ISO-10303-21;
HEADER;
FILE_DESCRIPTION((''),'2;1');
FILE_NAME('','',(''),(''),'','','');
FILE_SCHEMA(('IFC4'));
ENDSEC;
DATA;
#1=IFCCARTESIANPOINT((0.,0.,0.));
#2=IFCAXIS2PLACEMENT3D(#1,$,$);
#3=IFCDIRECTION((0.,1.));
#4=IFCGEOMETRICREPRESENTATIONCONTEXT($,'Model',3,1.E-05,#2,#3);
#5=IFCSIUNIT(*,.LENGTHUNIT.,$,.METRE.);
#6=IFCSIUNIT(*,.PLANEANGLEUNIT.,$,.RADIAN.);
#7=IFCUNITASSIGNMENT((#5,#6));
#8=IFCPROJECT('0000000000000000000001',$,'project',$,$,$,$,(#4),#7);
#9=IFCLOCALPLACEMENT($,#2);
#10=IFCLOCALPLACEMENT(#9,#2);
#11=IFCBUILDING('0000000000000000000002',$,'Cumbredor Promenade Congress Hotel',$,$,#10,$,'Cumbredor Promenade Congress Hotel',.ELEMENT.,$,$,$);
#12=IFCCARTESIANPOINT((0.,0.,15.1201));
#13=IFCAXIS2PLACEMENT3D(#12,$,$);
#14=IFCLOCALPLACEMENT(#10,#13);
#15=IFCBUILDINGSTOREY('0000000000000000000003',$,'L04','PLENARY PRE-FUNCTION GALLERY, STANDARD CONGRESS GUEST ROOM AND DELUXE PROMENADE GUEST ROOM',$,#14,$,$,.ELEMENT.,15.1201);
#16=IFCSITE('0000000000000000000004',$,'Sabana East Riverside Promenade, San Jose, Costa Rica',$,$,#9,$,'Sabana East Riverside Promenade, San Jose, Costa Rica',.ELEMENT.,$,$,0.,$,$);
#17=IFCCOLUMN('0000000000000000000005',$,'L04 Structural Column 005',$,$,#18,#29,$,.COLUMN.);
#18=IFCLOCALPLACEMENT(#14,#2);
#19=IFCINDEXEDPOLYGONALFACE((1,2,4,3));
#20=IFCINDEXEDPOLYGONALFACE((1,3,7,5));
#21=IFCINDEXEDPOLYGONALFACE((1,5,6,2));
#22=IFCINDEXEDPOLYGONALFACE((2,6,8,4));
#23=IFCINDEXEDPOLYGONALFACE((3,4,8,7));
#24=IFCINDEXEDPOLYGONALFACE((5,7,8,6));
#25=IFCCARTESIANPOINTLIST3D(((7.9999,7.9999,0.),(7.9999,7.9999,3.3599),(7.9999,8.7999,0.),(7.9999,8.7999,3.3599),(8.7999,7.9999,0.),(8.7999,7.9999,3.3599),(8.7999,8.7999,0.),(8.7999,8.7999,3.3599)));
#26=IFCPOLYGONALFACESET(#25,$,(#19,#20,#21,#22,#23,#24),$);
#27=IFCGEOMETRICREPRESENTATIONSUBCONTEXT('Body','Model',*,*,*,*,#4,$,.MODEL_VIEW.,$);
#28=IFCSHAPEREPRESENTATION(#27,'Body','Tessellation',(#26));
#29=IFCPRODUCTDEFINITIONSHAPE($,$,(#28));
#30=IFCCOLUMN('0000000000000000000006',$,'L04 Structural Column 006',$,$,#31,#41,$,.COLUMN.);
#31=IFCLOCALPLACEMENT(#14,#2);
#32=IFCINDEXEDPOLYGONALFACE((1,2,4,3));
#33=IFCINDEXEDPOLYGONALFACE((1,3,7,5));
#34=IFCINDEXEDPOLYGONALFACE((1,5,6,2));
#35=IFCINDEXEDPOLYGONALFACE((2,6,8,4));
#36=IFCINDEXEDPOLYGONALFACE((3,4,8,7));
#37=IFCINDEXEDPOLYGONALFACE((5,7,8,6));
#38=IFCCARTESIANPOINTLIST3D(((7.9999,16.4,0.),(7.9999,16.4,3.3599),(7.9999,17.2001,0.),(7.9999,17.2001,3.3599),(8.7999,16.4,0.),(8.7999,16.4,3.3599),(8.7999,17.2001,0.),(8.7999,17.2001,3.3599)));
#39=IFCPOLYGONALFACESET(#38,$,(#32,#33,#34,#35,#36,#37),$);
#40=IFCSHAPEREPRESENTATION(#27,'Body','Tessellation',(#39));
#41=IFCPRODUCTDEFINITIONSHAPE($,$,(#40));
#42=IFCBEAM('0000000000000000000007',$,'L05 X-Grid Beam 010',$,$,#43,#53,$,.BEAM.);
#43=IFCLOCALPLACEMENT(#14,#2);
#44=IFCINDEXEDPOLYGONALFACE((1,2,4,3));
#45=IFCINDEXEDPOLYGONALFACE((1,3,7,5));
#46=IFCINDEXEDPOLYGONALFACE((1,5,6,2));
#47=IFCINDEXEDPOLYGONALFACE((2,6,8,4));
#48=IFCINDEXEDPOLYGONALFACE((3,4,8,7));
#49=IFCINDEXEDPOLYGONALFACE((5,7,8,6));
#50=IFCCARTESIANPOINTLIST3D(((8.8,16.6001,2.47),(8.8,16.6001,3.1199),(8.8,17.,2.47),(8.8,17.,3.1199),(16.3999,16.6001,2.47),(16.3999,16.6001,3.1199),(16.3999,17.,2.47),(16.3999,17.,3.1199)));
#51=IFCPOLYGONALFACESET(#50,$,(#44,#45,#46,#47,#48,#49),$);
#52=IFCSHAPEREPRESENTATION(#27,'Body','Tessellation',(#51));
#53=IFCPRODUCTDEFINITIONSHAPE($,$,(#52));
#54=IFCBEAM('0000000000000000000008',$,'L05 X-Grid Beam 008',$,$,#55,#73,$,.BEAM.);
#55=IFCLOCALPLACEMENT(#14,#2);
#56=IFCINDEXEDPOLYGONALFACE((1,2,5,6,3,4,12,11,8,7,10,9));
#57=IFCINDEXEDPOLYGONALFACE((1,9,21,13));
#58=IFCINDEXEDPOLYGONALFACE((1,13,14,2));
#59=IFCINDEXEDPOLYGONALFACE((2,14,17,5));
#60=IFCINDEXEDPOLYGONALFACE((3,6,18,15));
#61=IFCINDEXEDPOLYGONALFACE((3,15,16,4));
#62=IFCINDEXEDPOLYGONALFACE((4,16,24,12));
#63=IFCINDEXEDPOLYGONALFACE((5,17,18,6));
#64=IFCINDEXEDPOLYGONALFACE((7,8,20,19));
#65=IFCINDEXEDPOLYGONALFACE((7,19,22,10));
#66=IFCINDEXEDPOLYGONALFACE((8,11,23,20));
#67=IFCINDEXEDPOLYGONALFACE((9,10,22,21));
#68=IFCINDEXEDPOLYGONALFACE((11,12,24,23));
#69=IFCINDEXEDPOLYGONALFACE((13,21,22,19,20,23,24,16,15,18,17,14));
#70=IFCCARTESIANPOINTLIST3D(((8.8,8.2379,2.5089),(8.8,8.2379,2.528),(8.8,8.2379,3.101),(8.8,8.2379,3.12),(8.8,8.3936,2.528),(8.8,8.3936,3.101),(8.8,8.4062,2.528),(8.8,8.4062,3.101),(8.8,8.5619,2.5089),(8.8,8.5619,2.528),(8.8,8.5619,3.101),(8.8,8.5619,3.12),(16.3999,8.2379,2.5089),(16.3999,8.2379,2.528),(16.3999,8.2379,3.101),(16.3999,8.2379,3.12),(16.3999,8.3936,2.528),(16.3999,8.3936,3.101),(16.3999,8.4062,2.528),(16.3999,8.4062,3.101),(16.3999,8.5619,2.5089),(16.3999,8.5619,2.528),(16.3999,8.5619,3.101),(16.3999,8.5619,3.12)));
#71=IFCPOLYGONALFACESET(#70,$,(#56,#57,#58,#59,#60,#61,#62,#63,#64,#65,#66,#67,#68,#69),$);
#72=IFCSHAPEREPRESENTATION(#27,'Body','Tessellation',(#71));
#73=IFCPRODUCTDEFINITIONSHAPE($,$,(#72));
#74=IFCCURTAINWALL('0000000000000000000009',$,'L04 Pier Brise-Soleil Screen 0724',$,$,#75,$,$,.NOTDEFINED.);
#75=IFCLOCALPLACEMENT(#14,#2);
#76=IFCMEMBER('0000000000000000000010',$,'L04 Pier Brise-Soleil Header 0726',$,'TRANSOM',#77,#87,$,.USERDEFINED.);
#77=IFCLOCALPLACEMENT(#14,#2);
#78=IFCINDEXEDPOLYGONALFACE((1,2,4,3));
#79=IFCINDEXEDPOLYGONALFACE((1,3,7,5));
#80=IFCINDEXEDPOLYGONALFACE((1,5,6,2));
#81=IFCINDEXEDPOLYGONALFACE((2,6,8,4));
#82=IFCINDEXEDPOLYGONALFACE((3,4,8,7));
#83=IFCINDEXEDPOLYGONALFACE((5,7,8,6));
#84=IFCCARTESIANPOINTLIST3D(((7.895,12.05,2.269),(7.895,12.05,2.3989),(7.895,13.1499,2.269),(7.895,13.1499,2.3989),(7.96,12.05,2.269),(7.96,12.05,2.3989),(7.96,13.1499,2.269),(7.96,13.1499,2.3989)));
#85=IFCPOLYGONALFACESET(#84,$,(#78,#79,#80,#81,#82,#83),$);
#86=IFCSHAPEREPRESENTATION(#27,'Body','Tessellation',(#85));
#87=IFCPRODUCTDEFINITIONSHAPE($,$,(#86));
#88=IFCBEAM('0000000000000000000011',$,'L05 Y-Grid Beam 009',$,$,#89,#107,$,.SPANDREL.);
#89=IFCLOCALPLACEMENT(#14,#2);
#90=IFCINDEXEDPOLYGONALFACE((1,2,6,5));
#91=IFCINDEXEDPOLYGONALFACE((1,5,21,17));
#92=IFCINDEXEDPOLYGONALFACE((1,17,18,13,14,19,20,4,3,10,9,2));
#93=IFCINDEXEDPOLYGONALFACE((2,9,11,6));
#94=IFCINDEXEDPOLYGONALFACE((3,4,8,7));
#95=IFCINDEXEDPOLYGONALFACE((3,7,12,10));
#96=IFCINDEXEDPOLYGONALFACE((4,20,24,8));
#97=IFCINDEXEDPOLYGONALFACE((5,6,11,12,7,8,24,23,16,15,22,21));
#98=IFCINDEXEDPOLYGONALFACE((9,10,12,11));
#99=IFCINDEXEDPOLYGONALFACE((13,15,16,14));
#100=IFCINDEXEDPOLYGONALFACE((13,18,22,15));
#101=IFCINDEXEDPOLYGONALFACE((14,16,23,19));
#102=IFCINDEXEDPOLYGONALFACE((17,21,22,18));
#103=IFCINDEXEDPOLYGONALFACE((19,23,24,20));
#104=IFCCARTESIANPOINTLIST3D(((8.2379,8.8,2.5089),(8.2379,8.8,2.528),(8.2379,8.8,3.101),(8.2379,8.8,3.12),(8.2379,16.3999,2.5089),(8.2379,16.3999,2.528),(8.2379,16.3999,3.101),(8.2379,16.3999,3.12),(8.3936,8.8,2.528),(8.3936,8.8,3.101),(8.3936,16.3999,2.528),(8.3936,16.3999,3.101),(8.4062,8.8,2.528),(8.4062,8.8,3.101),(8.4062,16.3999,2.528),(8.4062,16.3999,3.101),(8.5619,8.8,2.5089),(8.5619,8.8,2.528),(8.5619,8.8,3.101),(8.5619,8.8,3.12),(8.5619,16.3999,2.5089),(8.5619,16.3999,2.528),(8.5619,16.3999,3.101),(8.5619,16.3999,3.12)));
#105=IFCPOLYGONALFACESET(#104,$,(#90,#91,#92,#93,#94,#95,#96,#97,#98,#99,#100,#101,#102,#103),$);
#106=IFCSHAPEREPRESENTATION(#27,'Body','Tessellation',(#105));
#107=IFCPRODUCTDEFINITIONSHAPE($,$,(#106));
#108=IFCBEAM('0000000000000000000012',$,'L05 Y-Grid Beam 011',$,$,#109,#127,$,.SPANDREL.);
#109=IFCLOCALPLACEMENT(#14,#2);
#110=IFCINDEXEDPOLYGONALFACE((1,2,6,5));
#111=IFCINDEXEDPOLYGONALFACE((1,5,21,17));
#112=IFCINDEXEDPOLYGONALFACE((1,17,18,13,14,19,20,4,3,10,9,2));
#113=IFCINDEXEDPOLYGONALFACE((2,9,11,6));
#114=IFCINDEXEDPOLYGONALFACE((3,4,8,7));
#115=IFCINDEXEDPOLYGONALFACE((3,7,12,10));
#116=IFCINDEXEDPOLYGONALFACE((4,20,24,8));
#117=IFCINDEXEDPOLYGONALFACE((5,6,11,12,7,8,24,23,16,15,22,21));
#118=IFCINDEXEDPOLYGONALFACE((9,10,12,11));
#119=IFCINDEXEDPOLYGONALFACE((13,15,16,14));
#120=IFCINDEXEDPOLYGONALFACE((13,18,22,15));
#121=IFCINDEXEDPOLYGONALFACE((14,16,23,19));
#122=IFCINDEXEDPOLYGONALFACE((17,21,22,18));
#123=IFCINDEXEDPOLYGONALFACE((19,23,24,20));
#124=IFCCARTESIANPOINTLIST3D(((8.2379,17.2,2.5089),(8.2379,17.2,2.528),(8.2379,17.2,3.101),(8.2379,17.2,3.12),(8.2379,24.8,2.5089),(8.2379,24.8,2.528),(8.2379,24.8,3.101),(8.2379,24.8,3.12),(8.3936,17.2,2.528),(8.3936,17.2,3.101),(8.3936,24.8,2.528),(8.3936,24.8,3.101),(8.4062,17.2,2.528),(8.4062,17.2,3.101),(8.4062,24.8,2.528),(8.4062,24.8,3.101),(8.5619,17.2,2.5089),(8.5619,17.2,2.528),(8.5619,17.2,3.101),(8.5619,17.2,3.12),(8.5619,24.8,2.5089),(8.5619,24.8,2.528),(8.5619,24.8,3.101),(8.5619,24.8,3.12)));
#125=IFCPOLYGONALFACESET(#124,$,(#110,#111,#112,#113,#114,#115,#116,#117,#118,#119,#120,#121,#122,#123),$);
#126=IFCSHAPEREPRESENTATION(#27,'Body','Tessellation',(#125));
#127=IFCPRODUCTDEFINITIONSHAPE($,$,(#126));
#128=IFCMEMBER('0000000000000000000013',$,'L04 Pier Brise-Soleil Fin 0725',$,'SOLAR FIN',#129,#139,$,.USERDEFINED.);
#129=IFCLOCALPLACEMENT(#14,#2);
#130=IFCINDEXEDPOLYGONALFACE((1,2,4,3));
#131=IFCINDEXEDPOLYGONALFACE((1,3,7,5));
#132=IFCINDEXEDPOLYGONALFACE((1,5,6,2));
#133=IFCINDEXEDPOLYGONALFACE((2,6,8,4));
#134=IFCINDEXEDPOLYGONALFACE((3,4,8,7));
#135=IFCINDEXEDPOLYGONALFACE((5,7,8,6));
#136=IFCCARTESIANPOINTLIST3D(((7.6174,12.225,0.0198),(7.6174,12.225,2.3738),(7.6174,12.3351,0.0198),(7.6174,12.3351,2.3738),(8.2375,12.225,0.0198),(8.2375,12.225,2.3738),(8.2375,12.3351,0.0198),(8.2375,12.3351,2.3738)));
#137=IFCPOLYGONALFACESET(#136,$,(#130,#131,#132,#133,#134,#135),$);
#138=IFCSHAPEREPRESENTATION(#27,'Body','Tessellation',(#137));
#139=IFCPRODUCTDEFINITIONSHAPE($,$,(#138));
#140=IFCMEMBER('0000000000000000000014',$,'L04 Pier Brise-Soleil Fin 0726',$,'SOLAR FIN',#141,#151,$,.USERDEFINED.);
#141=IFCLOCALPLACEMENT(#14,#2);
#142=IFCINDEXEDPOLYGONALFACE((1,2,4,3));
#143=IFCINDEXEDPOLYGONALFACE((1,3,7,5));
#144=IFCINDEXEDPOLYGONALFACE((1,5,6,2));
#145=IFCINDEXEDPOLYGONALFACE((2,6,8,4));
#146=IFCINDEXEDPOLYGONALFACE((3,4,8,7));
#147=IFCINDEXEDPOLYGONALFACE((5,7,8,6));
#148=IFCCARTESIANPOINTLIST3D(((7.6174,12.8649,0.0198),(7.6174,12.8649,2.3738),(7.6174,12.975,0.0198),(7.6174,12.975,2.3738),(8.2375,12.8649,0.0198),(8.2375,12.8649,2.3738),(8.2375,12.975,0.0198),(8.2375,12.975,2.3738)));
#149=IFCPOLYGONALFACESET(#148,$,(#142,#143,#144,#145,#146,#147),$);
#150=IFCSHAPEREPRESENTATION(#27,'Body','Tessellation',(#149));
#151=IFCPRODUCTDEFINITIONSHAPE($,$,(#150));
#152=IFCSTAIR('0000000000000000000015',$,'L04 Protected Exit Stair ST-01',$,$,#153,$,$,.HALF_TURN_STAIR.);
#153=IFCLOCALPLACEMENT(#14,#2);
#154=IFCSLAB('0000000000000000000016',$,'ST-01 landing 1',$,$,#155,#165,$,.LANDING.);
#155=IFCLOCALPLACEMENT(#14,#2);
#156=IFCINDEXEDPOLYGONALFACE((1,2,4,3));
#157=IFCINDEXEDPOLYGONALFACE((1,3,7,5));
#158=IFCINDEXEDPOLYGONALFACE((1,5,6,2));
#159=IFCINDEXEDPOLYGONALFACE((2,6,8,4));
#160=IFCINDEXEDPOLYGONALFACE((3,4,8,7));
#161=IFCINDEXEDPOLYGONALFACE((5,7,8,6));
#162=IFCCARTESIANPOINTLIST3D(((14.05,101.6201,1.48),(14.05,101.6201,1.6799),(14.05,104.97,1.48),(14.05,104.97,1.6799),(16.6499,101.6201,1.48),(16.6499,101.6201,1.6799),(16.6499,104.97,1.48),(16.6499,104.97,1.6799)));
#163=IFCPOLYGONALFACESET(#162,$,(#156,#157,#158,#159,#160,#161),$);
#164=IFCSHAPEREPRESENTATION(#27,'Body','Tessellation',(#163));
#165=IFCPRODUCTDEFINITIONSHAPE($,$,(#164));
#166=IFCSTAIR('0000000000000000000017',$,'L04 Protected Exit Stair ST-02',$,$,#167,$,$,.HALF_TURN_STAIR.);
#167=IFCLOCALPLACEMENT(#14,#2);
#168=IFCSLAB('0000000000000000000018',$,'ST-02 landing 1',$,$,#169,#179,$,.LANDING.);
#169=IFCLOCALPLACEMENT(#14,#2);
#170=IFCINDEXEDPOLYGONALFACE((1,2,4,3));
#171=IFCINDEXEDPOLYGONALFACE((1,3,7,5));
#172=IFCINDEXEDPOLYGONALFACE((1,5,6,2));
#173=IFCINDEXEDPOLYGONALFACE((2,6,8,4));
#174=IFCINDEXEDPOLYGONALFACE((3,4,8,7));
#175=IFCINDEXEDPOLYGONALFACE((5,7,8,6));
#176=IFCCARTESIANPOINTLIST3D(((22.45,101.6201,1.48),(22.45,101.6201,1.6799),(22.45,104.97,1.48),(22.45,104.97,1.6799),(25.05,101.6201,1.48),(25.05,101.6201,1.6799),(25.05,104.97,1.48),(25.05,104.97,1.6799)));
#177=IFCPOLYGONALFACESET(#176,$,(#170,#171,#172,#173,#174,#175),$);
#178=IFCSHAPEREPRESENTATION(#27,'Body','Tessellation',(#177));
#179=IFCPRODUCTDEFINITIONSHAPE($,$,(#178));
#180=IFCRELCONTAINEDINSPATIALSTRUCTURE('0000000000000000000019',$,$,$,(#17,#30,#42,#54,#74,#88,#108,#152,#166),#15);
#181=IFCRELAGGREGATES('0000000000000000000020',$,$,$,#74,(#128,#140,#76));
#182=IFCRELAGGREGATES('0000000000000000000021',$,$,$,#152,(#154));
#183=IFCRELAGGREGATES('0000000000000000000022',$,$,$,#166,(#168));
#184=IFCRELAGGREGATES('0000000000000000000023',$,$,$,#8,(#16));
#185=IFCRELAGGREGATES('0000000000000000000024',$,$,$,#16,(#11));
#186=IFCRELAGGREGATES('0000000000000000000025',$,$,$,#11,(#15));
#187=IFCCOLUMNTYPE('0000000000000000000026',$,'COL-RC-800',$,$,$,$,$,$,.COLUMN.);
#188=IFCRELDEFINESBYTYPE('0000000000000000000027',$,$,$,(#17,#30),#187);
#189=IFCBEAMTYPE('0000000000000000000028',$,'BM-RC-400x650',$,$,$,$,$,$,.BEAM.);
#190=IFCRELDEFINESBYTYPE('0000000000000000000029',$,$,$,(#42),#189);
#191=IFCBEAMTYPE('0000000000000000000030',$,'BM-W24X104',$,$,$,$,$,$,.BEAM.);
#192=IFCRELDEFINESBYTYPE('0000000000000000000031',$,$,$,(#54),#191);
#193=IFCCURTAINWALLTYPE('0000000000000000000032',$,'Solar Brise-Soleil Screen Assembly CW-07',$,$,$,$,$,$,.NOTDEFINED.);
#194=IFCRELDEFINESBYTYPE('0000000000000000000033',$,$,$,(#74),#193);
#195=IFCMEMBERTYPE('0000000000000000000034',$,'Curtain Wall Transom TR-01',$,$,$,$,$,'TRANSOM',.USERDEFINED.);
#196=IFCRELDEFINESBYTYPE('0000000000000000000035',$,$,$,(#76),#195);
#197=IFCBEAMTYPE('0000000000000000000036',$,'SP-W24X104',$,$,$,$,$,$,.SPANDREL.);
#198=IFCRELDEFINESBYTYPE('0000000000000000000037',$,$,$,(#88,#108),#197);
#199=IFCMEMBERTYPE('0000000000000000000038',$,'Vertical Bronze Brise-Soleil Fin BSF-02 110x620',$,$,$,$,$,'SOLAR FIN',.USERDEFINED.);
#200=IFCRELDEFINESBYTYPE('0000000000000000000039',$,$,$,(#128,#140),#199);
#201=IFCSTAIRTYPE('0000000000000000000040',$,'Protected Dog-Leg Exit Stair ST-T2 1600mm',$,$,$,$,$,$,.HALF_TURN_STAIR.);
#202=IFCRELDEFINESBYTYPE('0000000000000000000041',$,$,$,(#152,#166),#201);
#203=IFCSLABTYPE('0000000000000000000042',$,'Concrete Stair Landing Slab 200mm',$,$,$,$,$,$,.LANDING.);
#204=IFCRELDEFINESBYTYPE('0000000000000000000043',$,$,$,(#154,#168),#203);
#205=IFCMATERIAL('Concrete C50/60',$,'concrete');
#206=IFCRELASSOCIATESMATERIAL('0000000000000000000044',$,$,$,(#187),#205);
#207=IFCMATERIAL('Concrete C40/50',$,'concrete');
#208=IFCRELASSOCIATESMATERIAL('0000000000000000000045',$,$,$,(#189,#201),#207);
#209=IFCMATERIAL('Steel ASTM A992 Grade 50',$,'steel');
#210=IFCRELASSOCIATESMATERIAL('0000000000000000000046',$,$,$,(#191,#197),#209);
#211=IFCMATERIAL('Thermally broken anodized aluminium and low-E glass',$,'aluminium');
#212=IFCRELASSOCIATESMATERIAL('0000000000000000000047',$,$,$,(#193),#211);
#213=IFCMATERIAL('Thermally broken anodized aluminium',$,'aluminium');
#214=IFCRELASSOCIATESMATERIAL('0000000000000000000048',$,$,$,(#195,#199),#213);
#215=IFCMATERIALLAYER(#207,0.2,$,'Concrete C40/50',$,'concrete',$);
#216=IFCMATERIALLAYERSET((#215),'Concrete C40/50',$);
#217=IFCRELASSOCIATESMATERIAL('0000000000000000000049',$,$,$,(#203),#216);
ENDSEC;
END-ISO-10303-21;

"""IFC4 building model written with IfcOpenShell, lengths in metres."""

from ifc_helpers import new_model, si_unit, direction, frame, origin, origin_2d, place, context, subcontext, project, spatial, polyline, rectangle, i_section, outline, extrude, material, layer, layer_set, material_profile, profile_set, type_object, element, aggregate, save


model = new_model("IFC4")

# Units and contexts
model_context = context("Model", 3, precision=1e-05, world=origin(), true_north=direction((0.0, 1.0)))
body_context = subcontext(model_context, "Body", "Model", "MODEL_VIEW")
ifc_project = project(units=[si_unit("LENGTHUNIT", "METRE"), si_unit("PLANEANGLEUNIT", "RADIAN")], contexts=[model_context])

# Site, building, storey
site_placement = place(None, origin())
site = spatial("IfcSite", under=ifc_project, at=site_placement, Name="Sabana East Riverside Promenade, San Jose, Costa Rica", LongName="Sabana East Riverside Promenade, San Jose, Costa Rica", CompositionType="ELEMENT", RefElevation=0.0)
building_placement = place(site_placement, origin())
building = spatial("IfcBuilding", under=site, at=building_placement, Name="Cumbredor Promenade Congress Hotel", LongName="Cumbredor Promenade Congress Hotel", CompositionType="ELEMENT")
storey_placement = place(building_placement, frame((0.0, 0.0, 15.1201)))
storey = spatial("IfcBuildingStorey", under=building, at=storey_placement, Name="L04", Description="PLENARY PRE-FUNCTION GALLERY, STANDARD CONGRESS GUEST ROOM AND DELUXE PROMENADE GUEST ROOM", CompositionType="ELEMENT", Elevation=15.1201)

# Columns
ifc_material_1 = material(Name="Concrete C50/60", Category="concrete")
ifc_material_profile_1 = material_profile(ifc_material_1, rectangle(XDim=0.8, YDim=0.8, at=origin_2d()), Name="RC 800x800")
ifc_profile_set_1 = profile_set([ifc_material_profile_1], Name="Concrete C50/60")
column_type = type_object("IfcColumnType", Name="COL-RC-800", PredefinedType="COLUMN", material=ifc_profile_set_1)
for number, where, z_axis, x_axis, name in (
    (1, (8.3999, 8.3999, 0.0), (0.0, 0.0, 1.0), (1.0, 0.0, 0.0), "L04 Structural Column 005"),
    (2, (8.3999, 16.8, 0.0), (0.0, 0.0, 1.0), (1.0, 0.0, 0.0), "L04 Structural Column 006"),
):
    element("IfcColumn", number, at=place(storey_placement, frame(where, z_axis=z_axis, x_axis=x_axis)), inside=storey, type_object=column_type, Name=name, PredefinedType="COLUMN", context=body_context, shape_type="SweptSolid", body=[
        extrude(rectangle(XDim=0.8, YDim=0.8, at=origin_2d()), origin(), (0.0, 0.0, 1.0), 3.3599),
    ])

# Beams
ifc_material_2 = material(Name="Concrete C40/50", Category="concrete")
ifc_material_profile_2 = material_profile(ifc_material_2, rectangle(XDim=0.3999, YDim=0.6499, at=origin_2d()), Name="RC BEAM 400x650")
ifc_profile_set_2 = profile_set([ifc_material_profile_2], Name="Concrete C40/50")
beam_type_1 = type_object("IfcBeamType", Name="BM-RC-400x650", PredefinedType="BEAM", material=ifc_profile_set_2)
beam_1_placement = place(storey_placement, frame((8.8, 16.8, 2.7949), z_axis=(1.0, 0.0, 0.0), x_axis=(0.0, 1.0, 0.0)))
element("IfcBeam", 3, at=beam_1_placement, inside=storey, type_object=beam_type_1, Name="L05 X-Grid Beam 010", PredefinedType="BEAM", context=body_context, shape_type="SweptSolid", body=[
    extrude(rectangle(XDim=0.3999, YDim=0.6499, at=origin_2d()), origin(), (0.0, 0.0, 1.0), 7.5999),
])
ifc_material_3 = material(Name="Steel ASTM A992 Grade 50", Category="steel")
ifc_material_profile_3 = material_profile(ifc_material_3, i_section(OverallWidth=0.324, OverallDepth=0.6111, WebThickness=0.0127, FlangeThickness=0.019, at=origin_2d()), Name="W24X104")
ifc_profile_set_3 = profile_set([ifc_material_profile_3], Name="Steel ASTM A992 Grade 50")
beam_type_2 = type_object("IfcBeamType", Name="BM-W24X104", PredefinedType="BEAM", material=ifc_profile_set_3)
beam_2_placement = place(storey_placement, frame((8.8, 8.3999, 2.8145), z_axis=(1.0, 0.0, 0.0), x_axis=(0.0, 1.0, 0.0)))
element("IfcBeam", 4, at=beam_2_placement, inside=storey, type_object=beam_type_2, Name="L05 X-Grid Beam 008", PredefinedType="BEAM", context=body_context, shape_type="SweptSolid", body=[
    extrude(i_section(OverallWidth=0.324, OverallDepth=0.6111, WebThickness=0.0127, FlangeThickness=0.019, at=origin_2d()), origin(), (0.0, 0.0, 1.0), 7.5999),
])

# Curtain wall, member
ifc_material_4 = material(Name="Thermally broken anodized aluminium and low-E glass", Category="aluminium")
curtain_wall_type = type_object("IfcCurtainWallType", Name="Solar Brise-Soleil Screen Assembly CW-07", PredefinedType="NOTDEFINED", material=ifc_material_4)
curtain_wall_placement = place(storey_placement, origin())
curtain_wall = element("IfcCurtainWall", 5, at=curtain_wall_placement, inside=storey, type_object=curtain_wall_type, Name="L04 Pier Brise-Soleil Screen 0724", PredefinedType="NOTDEFINED")
ifc_material_5 = material(Name="Thermally broken anodized aluminium", Category="aluminium")
ifc_material_profile_4 = material_profile(ifc_material_5, rectangle(XDim=0.0649, YDim=0.1299, at=origin_2d()), Name="ALU TRANSOM 65x130")
ifc_profile_set_4 = profile_set([ifc_material_profile_4], Name="Thermally broken anodized aluminium")
member_type_1 = type_object("IfcMemberType", Name="Curtain Wall Transom TR-01", ElementType="TRANSOM", PredefinedType="USERDEFINED", material=ifc_profile_set_4)
member_1_placement = place(storey_placement, frame((7.9275, 12.05, 2.334), z_axis=(0.0, 1.0, 0.0), x_axis=(-1.0, 0.0, 0.0)))
member_1 = element("IfcMember", 6, at=member_1_placement, type_object=member_type_1, Name="L04 Pier Brise-Soleil Header 0726", ObjectType="TRANSOM", PredefinedType="USERDEFINED", context=body_context, shape_type="SweptSolid", body=[
    extrude(rectangle(XDim=0.0649, YDim=0.1299, at=origin_2d()), origin(), (0.0, 0.0, 1.0), 1.0999),
])

# Beams
ifc_material_profile_5 = material_profile(ifc_material_3, i_section(OverallWidth=0.324, OverallDepth=0.6111, WebThickness=0.0127, FlangeThickness=0.019, at=origin_2d()), Name="W24X104")
ifc_profile_set_5 = profile_set([ifc_material_profile_5], Name="Steel ASTM A992 Grade 50")
beam_type_3 = type_object("IfcBeamType", Name="SP-W24X104", PredefinedType="SPANDREL", material=ifc_profile_set_5)
beam_3_placement = place(storey_placement, frame((8.3999, 8.8, 2.8145), z_axis=(0.0, 1.0, 0.0), x_axis=(-1.0, 0.0, 0.0)))
element("IfcBeam", 7, at=beam_3_placement, inside=storey, type_object=beam_type_3, Name="L05 Y-Grid Beam 009", PredefinedType="SPANDREL", context=body_context, shape_type="SweptSolid", body=[
    extrude(i_section(OverallWidth=0.324, OverallDepth=0.6111, WebThickness=0.0127, FlangeThickness=0.019, at=origin_2d()), origin(), (0.0, 0.0, 1.0), 7.5999),
])
beam_4_placement = place(storey_placement, frame((8.3999, 17.2, 2.8145), z_axis=(0.0, 1.0, 0.0), x_axis=(-1.0, 0.0, 0.0)))
element("IfcBeam", 8, at=beam_4_placement, inside=storey, type_object=beam_type_3, Name="L05 Y-Grid Beam 011", PredefinedType="SPANDREL", context=body_context, shape_type="SweptSolid", body=[
    extrude(i_section(OverallWidth=0.324, OverallDepth=0.6111, WebThickness=0.0127, FlangeThickness=0.019, at=origin_2d()), origin(), (0.0, 0.0, 1.0), 7.6001),
])

# Members
ifc_material_profile_6 = material_profile(ifc_material_5, rectangle(XDim=0.1101, YDim=0.6201, at=origin_2d()), Name="ARCH FIN 110x620")
ifc_profile_set_6 = profile_set([ifc_material_profile_6], Name="Thermally broken anodized aluminium")
member_type_2 = type_object("IfcMemberType", Name="Vertical Bronze Brise-Soleil Fin BSF-02 110x620", ElementType="SOLAR FIN", PredefinedType="USERDEFINED", material=ifc_profile_set_6)
member_2_placement = place(storey_placement, frame((7.9275, 12.28, 0.0198), z_axis=(0.0, 0.0, 1.0), x_axis=(0.0, 1.0, 0.0)))
member_2 = element("IfcMember", 9, at=member_2_placement, type_object=member_type_2, Name="L04 Pier Brise-Soleil Fin 0725", ObjectType="SOLAR FIN", PredefinedType="USERDEFINED", context=body_context, shape_type="SweptSolid", body=[
    extrude(rectangle(XDim=0.1101, YDim=0.6201, at=origin_2d()), origin(), (0.0, 0.0, 1.0), 2.354),
])
member_3_placement = place(storey_placement, frame((7.9275, 12.9199, 0.0198), z_axis=(0.0, 0.0, 1.0), x_axis=(0.0, 1.0, 0.0)))
member_3 = element("IfcMember", 10, at=member_3_placement, type_object=member_type_2, Name="L04 Pier Brise-Soleil Fin 0726", ObjectType="SOLAR FIN", PredefinedType="USERDEFINED", context=body_context, shape_type="SweptSolid", body=[
    extrude(rectangle(XDim=0.1101, YDim=0.6201, at=origin_2d()), origin(), (0.0, 0.0, 1.0), 2.354),
])
aggregate(curtain_wall, [member_2, member_3, member_1])

# Stairs, slabs
stair_type_1 = type_object("IfcStairType", Name="Protected Dog-Leg Exit Stair ST-T2 1600mm", PredefinedType="HALF_TURN_STAIR", material=ifc_material_2)
stair_1_placement = place(storey_placement, origin())
stair_1 = element("IfcStair", 11, at=stair_1_placement, inside=storey, type_object=stair_type_1, Name="L04 Protected Exit Stair ST-01", PredefinedType="HALF_TURN_STAIR")
ifc_layer_1 = layer(ifc_material_2, 0.2, Name="Concrete C40/50", Category="concrete")
ifc_layer_set_1 = layer_set([ifc_layer_1], Name="Concrete C40/50")
slab_type = type_object("IfcSlabType", Name="Concrete Stair Landing Slab 200mm", PredefinedType="LANDING", material=ifc_layer_set_1)
slab_1_placement = place(storey_placement, frame((0.0, 0.0, 1.48)))
slab_1 = element("IfcSlab", 12, at=slab_1_placement, type_object=slab_type, Name="ST-01 landing 1", PredefinedType="LANDING", context=body_context, shape_type="SweptSolid", body=[
    extrude(outline(polyline([(14.05, 101.6201), (16.6499, 101.6201), (16.6499, 104.97), (14.05, 104.97), (14.05, 101.6201)])), origin(), (0.0, 0.0, 1.0), 0.2),
])
aggregate(stair_1, [slab_1])
stair_2_placement = place(storey_placement, origin())
stair_2 = element("IfcStair", 13, at=stair_2_placement, inside=storey, type_object=stair_type_1, Name="L04 Protected Exit Stair ST-02", PredefinedType="HALF_TURN_STAIR")
slab_2_placement = place(storey_placement, frame((0.0, 0.0, 1.48)))
slab_2 = element("IfcSlab", 14, at=slab_2_placement, type_object=slab_type, Name="ST-02 landing 1", PredefinedType="LANDING", context=body_context, shape_type="SweptSolid", body=[
    extrude(outline(polyline([(22.45, 101.6201), (25.05, 101.6201), (25.05, 104.97), (22.45, 104.97), (22.45, 101.6201)])), origin(), (0.0, 0.0, 1.0), 0.2),
])
aggregate(stair_2, [slab_2])

save(model, "model.ifc")
